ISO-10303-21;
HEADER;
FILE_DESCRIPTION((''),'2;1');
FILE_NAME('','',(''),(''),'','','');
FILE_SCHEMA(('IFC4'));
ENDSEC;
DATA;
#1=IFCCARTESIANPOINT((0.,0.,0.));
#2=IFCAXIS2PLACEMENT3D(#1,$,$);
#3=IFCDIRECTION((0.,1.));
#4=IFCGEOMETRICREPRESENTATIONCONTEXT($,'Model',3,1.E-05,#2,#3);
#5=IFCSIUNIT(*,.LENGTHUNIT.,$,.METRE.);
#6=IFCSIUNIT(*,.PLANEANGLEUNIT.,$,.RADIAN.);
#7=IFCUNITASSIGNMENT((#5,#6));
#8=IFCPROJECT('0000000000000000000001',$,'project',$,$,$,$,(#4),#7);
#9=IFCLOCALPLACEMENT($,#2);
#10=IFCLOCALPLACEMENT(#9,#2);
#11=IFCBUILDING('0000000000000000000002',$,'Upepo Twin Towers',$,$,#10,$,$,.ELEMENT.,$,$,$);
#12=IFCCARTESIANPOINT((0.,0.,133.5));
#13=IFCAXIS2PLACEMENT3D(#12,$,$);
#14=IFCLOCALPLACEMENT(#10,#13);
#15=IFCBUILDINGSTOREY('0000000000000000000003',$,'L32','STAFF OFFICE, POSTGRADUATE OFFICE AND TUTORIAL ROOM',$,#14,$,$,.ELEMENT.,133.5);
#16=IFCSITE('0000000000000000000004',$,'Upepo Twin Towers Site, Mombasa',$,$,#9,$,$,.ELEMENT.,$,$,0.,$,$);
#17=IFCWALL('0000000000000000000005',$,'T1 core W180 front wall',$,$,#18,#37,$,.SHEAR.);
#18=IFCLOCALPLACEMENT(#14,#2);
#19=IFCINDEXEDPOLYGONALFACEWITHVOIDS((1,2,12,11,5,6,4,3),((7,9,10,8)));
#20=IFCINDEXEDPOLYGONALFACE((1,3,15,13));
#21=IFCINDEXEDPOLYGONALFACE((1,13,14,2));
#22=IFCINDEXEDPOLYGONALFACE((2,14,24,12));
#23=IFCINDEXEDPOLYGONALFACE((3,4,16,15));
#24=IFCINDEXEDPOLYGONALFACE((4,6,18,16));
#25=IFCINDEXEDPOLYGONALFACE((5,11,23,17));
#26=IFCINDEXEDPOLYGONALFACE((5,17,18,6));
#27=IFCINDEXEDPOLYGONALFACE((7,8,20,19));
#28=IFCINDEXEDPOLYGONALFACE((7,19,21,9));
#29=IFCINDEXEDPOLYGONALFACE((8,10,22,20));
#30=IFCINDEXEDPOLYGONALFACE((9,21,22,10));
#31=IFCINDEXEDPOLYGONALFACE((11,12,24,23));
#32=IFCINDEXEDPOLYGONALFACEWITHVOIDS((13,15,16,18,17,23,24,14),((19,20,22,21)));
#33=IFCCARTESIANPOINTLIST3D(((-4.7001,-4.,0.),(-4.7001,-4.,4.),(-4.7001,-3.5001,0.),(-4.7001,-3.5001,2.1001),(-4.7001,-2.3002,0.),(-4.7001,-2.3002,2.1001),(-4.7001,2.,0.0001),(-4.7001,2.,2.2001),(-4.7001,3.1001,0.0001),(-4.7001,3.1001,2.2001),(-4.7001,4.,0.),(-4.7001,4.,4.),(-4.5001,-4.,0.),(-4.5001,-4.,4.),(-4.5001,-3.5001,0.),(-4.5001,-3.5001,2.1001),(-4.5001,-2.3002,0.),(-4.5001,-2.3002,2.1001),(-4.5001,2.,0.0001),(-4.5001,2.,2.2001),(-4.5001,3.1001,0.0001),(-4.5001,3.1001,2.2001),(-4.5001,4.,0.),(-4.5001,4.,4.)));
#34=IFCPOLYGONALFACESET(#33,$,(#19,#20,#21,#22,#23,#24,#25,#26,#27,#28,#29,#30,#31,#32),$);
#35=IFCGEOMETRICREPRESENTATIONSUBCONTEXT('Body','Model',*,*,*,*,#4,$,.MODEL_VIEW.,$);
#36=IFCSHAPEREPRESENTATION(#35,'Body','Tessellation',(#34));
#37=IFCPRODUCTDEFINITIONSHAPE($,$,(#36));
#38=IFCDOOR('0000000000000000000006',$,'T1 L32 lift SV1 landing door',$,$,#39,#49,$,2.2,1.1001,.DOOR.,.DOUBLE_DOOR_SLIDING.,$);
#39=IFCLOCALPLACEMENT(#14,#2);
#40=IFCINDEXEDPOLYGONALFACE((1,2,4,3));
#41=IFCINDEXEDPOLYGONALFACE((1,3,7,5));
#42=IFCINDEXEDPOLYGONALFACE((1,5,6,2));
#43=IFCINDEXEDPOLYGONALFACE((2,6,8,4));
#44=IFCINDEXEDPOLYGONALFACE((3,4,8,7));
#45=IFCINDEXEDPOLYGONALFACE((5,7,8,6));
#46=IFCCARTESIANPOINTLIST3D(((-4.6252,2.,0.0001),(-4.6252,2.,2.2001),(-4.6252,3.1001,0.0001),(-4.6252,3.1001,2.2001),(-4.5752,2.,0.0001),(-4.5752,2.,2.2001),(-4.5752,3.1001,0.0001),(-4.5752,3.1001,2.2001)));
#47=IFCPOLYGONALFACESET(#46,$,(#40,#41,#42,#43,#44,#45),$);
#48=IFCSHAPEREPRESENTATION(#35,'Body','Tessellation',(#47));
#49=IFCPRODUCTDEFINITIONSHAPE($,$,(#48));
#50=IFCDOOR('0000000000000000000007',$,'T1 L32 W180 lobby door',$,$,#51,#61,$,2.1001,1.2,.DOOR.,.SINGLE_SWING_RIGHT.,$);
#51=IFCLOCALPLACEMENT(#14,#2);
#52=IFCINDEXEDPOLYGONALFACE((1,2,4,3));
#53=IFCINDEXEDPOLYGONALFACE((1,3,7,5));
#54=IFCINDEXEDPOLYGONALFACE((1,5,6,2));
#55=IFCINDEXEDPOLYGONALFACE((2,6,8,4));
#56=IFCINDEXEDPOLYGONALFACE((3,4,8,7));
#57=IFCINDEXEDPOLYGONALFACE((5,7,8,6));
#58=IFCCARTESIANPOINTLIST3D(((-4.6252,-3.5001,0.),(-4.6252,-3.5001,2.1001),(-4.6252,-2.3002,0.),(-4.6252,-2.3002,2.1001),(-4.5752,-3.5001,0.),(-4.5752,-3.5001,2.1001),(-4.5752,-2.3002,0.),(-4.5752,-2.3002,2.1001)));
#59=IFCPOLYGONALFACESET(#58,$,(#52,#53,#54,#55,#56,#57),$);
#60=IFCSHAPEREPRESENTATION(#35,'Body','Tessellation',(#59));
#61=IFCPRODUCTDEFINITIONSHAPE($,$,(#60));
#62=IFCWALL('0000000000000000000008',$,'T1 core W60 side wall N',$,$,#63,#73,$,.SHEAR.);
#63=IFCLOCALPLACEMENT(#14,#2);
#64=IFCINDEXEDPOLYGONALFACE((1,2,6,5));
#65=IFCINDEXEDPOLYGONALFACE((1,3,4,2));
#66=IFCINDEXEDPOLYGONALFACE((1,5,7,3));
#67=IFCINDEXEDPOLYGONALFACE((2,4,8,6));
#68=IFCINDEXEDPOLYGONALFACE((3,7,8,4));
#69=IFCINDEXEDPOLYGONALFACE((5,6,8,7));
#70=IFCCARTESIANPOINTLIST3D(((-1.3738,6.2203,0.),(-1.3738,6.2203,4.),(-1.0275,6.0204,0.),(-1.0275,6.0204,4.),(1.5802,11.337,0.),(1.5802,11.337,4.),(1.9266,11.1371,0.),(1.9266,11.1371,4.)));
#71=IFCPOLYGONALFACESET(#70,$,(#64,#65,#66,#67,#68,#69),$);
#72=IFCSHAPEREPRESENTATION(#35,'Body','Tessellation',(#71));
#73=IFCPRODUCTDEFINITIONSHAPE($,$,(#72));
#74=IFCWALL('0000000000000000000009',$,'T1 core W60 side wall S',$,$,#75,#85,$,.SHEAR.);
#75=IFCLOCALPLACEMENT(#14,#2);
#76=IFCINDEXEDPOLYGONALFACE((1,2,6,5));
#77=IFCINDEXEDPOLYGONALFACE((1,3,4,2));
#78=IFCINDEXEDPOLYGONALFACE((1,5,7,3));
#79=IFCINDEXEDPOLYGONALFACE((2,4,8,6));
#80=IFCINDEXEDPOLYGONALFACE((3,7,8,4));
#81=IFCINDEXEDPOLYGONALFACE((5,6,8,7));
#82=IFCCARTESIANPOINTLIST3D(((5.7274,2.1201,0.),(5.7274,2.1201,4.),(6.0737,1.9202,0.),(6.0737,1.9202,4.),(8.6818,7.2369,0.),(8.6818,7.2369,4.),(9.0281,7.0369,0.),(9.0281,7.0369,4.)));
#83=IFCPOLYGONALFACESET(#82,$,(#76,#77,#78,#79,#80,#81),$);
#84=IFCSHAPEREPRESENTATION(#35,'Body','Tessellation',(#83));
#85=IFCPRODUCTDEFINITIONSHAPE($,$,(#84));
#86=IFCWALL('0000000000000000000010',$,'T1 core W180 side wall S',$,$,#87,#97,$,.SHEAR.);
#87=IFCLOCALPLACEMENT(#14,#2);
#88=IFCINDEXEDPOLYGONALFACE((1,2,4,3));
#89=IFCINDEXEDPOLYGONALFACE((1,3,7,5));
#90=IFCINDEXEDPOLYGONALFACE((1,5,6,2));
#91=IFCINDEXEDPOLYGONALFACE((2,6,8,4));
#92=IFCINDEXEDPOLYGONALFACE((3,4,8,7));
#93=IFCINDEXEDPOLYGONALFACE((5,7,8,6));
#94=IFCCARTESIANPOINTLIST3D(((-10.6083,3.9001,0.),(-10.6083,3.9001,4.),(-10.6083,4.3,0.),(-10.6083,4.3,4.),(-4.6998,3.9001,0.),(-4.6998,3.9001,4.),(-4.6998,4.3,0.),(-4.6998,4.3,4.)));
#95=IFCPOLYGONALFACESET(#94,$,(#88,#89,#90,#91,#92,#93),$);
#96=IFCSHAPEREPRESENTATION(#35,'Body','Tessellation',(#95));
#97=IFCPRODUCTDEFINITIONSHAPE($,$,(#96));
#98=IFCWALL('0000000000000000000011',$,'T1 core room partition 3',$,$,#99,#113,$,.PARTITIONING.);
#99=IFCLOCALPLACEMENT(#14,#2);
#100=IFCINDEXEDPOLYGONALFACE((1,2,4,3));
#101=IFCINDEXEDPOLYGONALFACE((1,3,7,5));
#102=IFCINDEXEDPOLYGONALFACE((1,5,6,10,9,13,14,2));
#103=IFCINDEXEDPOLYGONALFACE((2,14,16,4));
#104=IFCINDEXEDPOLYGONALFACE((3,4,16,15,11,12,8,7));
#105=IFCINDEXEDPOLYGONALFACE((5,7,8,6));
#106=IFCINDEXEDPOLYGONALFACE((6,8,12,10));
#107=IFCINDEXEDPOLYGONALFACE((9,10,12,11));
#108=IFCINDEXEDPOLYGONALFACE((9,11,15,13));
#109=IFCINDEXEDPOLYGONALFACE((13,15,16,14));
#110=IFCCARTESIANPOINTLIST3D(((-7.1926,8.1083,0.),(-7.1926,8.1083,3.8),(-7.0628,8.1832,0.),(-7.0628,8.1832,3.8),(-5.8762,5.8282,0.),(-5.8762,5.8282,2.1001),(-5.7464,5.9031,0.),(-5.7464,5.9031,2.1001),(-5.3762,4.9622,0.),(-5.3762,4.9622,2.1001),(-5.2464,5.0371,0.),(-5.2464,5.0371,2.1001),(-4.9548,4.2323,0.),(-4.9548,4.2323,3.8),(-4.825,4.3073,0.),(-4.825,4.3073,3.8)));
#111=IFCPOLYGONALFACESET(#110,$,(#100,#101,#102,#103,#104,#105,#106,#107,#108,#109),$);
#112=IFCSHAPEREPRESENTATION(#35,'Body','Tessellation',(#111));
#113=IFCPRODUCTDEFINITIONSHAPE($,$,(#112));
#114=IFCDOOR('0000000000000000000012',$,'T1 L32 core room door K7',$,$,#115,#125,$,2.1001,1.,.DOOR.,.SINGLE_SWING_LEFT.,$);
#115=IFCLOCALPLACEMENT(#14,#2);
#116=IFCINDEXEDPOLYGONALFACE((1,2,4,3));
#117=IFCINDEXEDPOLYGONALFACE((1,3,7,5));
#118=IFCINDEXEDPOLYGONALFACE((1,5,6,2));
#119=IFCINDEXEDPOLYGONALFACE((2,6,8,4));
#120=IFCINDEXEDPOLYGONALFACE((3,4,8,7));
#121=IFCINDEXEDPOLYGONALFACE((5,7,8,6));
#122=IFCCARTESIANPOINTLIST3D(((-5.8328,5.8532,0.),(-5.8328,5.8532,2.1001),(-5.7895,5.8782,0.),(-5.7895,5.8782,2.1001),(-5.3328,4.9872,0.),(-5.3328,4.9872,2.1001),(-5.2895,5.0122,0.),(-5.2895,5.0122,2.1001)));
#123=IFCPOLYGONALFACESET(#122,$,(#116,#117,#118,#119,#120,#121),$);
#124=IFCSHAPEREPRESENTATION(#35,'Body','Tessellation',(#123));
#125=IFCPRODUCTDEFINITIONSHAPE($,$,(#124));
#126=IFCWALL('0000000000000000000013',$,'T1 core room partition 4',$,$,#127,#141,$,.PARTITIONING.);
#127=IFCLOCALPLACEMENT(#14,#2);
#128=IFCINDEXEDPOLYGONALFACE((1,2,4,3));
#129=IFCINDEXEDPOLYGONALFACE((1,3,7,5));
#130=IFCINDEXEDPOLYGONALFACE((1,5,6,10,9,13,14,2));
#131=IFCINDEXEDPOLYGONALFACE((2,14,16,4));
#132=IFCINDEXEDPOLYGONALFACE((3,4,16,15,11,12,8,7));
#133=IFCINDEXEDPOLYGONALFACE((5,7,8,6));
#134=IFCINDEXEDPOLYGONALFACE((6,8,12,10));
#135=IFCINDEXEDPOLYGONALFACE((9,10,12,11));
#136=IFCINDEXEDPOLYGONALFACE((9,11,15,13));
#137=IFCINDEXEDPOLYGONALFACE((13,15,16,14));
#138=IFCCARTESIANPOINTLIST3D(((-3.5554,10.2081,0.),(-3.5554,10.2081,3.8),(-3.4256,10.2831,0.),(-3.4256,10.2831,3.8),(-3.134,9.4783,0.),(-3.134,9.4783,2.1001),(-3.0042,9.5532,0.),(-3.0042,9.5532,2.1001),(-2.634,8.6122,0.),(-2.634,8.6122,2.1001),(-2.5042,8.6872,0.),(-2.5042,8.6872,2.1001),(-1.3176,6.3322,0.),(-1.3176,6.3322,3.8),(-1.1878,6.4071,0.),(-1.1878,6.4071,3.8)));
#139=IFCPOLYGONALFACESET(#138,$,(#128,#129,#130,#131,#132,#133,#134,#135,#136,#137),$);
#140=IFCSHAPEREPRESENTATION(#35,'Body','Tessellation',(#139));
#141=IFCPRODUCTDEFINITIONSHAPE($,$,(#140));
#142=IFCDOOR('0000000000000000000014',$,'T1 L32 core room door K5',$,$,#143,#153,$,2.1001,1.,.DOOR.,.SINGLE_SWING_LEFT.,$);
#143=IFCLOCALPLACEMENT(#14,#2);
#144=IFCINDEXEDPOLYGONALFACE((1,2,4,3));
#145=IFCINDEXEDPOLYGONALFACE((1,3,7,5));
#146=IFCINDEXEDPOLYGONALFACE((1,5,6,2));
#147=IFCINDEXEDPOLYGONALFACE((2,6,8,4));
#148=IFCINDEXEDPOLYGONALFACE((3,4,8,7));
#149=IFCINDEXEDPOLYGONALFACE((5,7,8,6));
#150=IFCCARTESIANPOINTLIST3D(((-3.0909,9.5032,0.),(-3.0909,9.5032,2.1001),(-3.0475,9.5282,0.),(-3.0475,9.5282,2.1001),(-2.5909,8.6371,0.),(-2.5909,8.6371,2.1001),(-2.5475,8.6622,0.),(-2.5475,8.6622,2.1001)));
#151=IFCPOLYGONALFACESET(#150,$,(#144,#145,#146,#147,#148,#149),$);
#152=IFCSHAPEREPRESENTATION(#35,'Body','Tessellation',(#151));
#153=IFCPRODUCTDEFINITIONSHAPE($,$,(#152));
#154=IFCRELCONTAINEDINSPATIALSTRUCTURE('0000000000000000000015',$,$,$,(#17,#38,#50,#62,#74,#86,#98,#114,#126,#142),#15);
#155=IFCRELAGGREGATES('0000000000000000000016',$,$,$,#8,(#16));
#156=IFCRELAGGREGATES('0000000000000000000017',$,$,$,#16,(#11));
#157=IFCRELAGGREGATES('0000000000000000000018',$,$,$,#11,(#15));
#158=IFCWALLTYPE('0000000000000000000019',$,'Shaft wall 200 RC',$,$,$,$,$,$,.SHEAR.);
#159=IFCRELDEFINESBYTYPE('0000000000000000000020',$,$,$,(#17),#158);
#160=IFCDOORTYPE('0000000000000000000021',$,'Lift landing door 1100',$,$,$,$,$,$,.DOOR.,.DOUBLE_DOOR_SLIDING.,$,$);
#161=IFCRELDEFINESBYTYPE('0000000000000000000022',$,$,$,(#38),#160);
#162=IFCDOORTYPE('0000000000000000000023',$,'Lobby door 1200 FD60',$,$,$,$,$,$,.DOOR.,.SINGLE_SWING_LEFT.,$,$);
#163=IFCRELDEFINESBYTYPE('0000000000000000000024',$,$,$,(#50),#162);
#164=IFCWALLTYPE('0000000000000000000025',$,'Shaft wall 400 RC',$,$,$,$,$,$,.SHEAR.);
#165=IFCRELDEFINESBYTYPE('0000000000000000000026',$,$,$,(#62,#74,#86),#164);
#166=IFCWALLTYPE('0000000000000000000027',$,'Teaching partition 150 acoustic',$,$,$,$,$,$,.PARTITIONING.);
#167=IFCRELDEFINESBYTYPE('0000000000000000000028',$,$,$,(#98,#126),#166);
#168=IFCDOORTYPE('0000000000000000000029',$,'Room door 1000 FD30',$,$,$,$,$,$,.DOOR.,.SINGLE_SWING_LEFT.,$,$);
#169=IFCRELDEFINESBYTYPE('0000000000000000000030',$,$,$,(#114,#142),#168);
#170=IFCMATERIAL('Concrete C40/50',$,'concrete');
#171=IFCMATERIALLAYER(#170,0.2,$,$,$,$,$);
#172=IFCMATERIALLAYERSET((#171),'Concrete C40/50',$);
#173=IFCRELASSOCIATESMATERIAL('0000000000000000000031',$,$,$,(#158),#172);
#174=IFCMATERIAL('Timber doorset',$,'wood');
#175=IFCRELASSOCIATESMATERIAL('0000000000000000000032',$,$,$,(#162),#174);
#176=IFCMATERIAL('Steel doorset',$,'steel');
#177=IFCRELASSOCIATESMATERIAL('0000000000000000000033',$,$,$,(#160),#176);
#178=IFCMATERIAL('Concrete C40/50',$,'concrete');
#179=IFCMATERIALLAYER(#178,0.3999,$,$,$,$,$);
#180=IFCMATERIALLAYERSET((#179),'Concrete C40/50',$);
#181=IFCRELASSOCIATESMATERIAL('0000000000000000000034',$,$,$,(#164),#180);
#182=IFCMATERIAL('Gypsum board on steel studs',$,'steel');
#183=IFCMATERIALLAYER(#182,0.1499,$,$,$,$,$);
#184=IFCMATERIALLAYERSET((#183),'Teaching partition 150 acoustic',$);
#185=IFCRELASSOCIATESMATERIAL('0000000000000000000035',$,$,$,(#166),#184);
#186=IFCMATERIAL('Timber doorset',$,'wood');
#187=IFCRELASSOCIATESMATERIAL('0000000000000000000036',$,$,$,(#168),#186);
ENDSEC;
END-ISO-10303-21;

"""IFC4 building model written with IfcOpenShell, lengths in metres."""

from ifc_helpers import new_model, si_unit, direction, frame, frame_2d, origin, place, context, subcontext, project, spatial, rectangle, extrude, material, layer, layer_set, type_object, element, fill, save


model = new_model("IFC4")

# Units and contexts
model_context = context("Model", 3, precision=1e-05, world=origin(), true_north=direction((0.0, 1.0)))
body_context = subcontext(model_context, "Body", "Model", "MODEL_VIEW")
ifc_project = project(units=[si_unit("LENGTHUNIT", "METRE"), si_unit("PLANEANGLEUNIT", "RADIAN")], contexts=[model_context])

# Site, building, storey
site_placement = place(None, origin())
site = spatial("IfcSite", under=ifc_project, at=site_placement, Name="Upepo Twin Towers Site, Mombasa", CompositionType="ELEMENT", RefElevation=0.0)
building_placement = place(site_placement, origin())
building = spatial("IfcBuilding", under=site, at=building_placement, Name="Upepo Twin Towers", CompositionType="ELEMENT")
storey_placement = place(building_placement, frame((0.0, 0.0, 133.5)))
storey = spatial("IfcBuildingStorey", under=building, at=storey_placement, Name="L32", Description="STAFF OFFICE, POSTGRADUATE OFFICE AND TUTORIAL ROOM", CompositionType="ELEMENT", Elevation=133.5)

# Shared definitions
ifc_material_1 = material(Name="Concrete C40/50", Category="concrete")
ifc_layer_1 = layer(ifc_material_1, 0.2)
ifc_layer_set_1 = layer_set([ifc_layer_1], Name="Concrete C40/50")
wall_type_1 = type_object("IfcWallType", Name="Shaft wall 200 RC", PredefinedType="SHEAR", material=ifc_layer_set_1)
ifc_material_2 = material(Name="Timber doorset", Category="wood")
door_type_1 = type_object("IfcDoorType", Name="Lobby door 1200 FD60", OperationType="SINGLE_SWING_LEFT", PredefinedType="DOOR", material=ifc_material_2)

# Wall, openings, doors
wall_1_placement = place(storey_placement, frame((-4.6001, 4.0, 0.0), z_axis=(0.0, 0.0, 1.0), x_axis=(0.0, -1.0, 0.0)))
wall_1 = element("IfcWall", 1, at=wall_1_placement, inside=storey, type_object=wall_type_1, Name="T1 core W180 front wall", PredefinedType="SHEAR", context=body_context, shape_type="SweptSolid", body=[
    extrude(rectangle(XDim=8.0, YDim=0.2, at=frame_2d((4.0, 0.0))), origin(), (0.0, 0.0, 1.0), 4.0),
])
opening_1_placement = place(wall_1_placement, frame((6.3, 0.0, 0.0)))
opening_1 = element("IfcOpeningElement", 2, at=opening_1_placement, cuts=wall_1, PredefinedType="OPENING", context=body_context, shape_type="SweptSolid", body=[
    extrude(rectangle(XDim=1.2, YDim=2.1001, at=frame_2d((0.6001, 1.05))), frame((0.0, 0.1099, 0.0), z_axis=(0.0, -1.0, 0.0), x_axis=(1.0, 0.0, 0.0)), (0.0, 0.0, 1.0), 0.22),
])
opening_2_placement = place(wall_1_placement, frame((0.8999, 0.0, 0.0)))
opening_2 = element("IfcOpeningElement", 3, at=opening_2_placement, cuts=wall_1, PredefinedType="OPENING", context=body_context, shape_type="SweptSolid", body=[
    extrude(rectangle(XDim=1.1001, YDim=2.2, at=frame_2d((0.55, 1.1001))), frame((0.0, 0.1099, 0.0), z_axis=(0.0, -1.0, 0.0), x_axis=(1.0, 0.0, 0.0)), (0.0, 0.0, 1.0), 0.22),
])
ifc_material_3 = material(Name="Steel doorset", Category="steel")
door_type_2 = type_object("IfcDoorType", Name="Lift landing door 1100", OperationType="DOUBLE_DOOR_SLIDING", PredefinedType="DOOR", material=ifc_material_3)
door_1_placement = place(opening_2_placement, origin())
door_1 = element("IfcDoor", 4, at=door_1_placement, inside=storey, type_object=door_type_2, Name="T1 L32 lift SV1 landing door", OperationType="DOUBLE_DOOR_SLIDING", OverallHeight=2.2, OverallWidth=1.1001, PredefinedType="DOOR", context=body_context, shape_type="SweptSolid", body=[
    extrude(rectangle(XDim=1.1001, YDim=2.2, at=frame_2d((0.55, 1.1001))), frame((0.0, 0.0249, 0.0), z_axis=(0.0, -1.0, 0.0), x_axis=(1.0, 0.0, 0.0)), (0.0, 0.0, 1.0), 0.05),
])
fill(opening_2, door_1)
door_2_placement = place(opening_1_placement, origin())
door_2 = element("IfcDoor", 5, at=door_2_placement, inside=storey, type_object=door_type_1, Name="T1 L32 W180 lobby door", OperationType="SINGLE_SWING_RIGHT", OverallHeight=2.1001, OverallWidth=1.2, PredefinedType="DOOR", context=body_context, shape_type="SweptSolid", body=[
    extrude(rectangle(XDim=1.2, YDim=2.1001, at=frame_2d((0.6001, 1.05))), frame((0.0, 0.0249, 0.0), z_axis=(0.0, -1.0, 0.0), x_axis=(1.0, 0.0, 0.0)), (0.0, 0.0, 1.0), 0.05),
])
fill(opening_1, door_2)

# Walls
ifc_material_4 = material(Name="Concrete C40/50", Category="concrete")
ifc_layer_2 = layer(ifc_material_4, 0.3999)
ifc_layer_set_2 = layer_set([ifc_layer_2], Name="Concrete C40/50")
wall_type_2 = type_object("IfcWallType", Name="Shaft wall 400 RC", PredefinedType="SHEAR", material=ifc_layer_set_2)
wall_2_placement = place(storey_placement, frame((-1.2007, 6.1204, 0.0), z_axis=(0.0, 0.0, 1.0), x_axis=(0.499997, 0.866027, 0.0)))
element("IfcWall", 6, at=wall_2_placement, inside=storey, type_object=wall_type_2, Name="T1 core W60 side wall N", PredefinedType="SHEAR", context=body_context, shape_type="SweptSolid", body=[
    extrude(rectangle(XDim=5.9082, YDim=0.3999, at=frame_2d((2.9541, 0.0))), origin(), (0.0, 0.0, 1.0), 4.0),
])
for number, where, z_axis, x_axis, name in (
    (7, (5.9006, 2.0203, 0.0), (0.0, 0.0, 1.0), (0.500028, 0.866009, 0.0), "T1 core W60 side wall S"),
    (8, (-4.7, 4.1001, 0.0), (0.0, 0.0, 1.0), (-1.0, 0.0, 0.0), "T1 core W180 side wall S"),
):
    element("IfcWall", number, at=place(storey_placement, frame(where, z_axis=z_axis, x_axis=x_axis)), inside=storey, type_object=wall_type_2, Name=name, PredefinedType="SHEAR", context=body_context, shape_type="SweptSolid", body=[
        extrude(rectangle(XDim=5.9084, YDim=0.3999, at=frame_2d((2.9541, 0.0))), origin(), (0.0, 0.0, 1.0), 4.0),
    ])

# Walls, openings, doors
ifc_material_5 = material(Name="Gypsum board on steel studs", Category="steel")
ifc_layer_3 = layer(ifc_material_5, 0.1499)
ifc_layer_set_3 = layer_set([ifc_layer_3], Name="Teaching partition 150 acoustic")
wall_type_3 = type_object("IfcWallType", Name="Teaching partition 150 acoustic", PredefinedType="PARTITIONING", material=ifc_layer_set_3)
wall_3_placement = place(storey_placement, frame((-4.8899, 4.2698, 0.0), z_axis=(0.0, 0.0, 1.0), x_axis=(-0.499999, 0.866026, 0.0)))
wall_3 = element("IfcWall", 9, at=wall_3_placement, inside=storey, type_object=wall_type_3, Name="T1 core room partition 3", PredefinedType="PARTITIONING", context=body_context, shape_type="SweptSolid", body=[
    extrude(rectangle(XDim=4.4756, YDim=0.1499, at=frame_2d((2.2378, 0.0))), origin(), (0.0, 0.0, 1.0), 3.8),
])
opening_3_placement = place(wall_3_placement, frame((0.8428, 0.0, 0.0)))
opening_3 = element("IfcOpeningElement", 10, at=opening_3_placement, cuts=wall_3, PredefinedType="OPENING", context=body_context, shape_type="SweptSolid", body=[
    extrude(rectangle(XDim=1.0, YDim=2.1001, at=frame_2d((0.5, 1.05))), frame((0.0, 0.085, 0.0), z_axis=(0.0, -1.0, 0.0), x_axis=(1.0, 0.0, 0.0)), (0.0, 0.0, 1.0), 0.1699),
])
ifc_material_6 = material(Name="Timber doorset", Category="wood")
door_type_3 = type_object("IfcDoorType", Name="Room door 1000 FD30", OperationType="SINGLE_SWING_LEFT", PredefinedType="DOOR", material=ifc_material_6)
door_3_placement = place(opening_3_placement, origin())
door_3 = element("IfcDoor", 11, at=door_3_placement, inside=storey, type_object=door_type_3, Name="T1 L32 core room door K7", OperationType="SINGLE_SWING_LEFT", OverallHeight=2.1001, OverallWidth=1.0, PredefinedType="DOOR", context=body_context, shape_type="SweptSolid", body=[
    extrude(rectangle(XDim=1.0, YDim=2.1001, at=frame_2d((0.5, 1.05))), frame((0.0, 0.0249, 0.0), z_axis=(0.0, -1.0, 0.0), x_axis=(1.0, 0.0, 0.0)), (0.0, 0.0, 1.0), 0.05),
])
fill(opening_3, door_3)
wall_4_placement = place(storey_placement, frame((-3.4905, 10.2456, 0.0), z_axis=(0.0, 0.0, 1.0), x_axis=(0.499999, -0.866026, 0.0)))
wall_4 = element("IfcWall", 12, at=wall_4_placement, inside=storey, type_object=wall_type_3, Name="T1 core room partition 4", PredefinedType="PARTITIONING", context=body_context, shape_type="SweptSolid", body=[
    extrude(rectangle(XDim=4.4756, YDim=0.1499, at=frame_2d((2.2378, 0.0))), origin(), (0.0, 0.0, 1.0), 3.8),
])
opening_4_placement = place(wall_4_placement, frame((0.8428, 0.0, 0.0)))
opening_4 = element("IfcOpeningElement", 13, at=opening_4_placement, cuts=wall_4, PredefinedType="OPENING", context=body_context, shape_type="SweptSolid", body=[
    extrude(rectangle(XDim=1.0, YDim=2.1001, at=frame_2d((0.5, 1.05))), frame((0.0, 0.085, 0.0), z_axis=(0.0, -1.0, 0.0), x_axis=(1.0, 0.0, 0.0)), (0.0, 0.0, 1.0), 0.1699),
])
door_4_placement = place(opening_4_placement, origin())
door_4 = element("IfcDoor", 14, at=door_4_placement, inside=storey, type_object=door_type_3, Name="T1 L32 core room door K5", OperationType="SINGLE_SWING_LEFT", OverallHeight=2.1001, OverallWidth=1.0, PredefinedType="DOOR", context=body_context, shape_type="SweptSolid", body=[
    extrude(rectangle(XDim=1.0, YDim=2.1001, at=frame_2d((0.5, 1.05))), frame((0.0, 0.0249, 0.0), z_axis=(0.0, -1.0, 0.0), x_axis=(1.0, 0.0, 0.0)), (0.0, 0.0, 1.0), 0.05),
])
fill(opening_4, door_4)

save(model, "model.ifc")
